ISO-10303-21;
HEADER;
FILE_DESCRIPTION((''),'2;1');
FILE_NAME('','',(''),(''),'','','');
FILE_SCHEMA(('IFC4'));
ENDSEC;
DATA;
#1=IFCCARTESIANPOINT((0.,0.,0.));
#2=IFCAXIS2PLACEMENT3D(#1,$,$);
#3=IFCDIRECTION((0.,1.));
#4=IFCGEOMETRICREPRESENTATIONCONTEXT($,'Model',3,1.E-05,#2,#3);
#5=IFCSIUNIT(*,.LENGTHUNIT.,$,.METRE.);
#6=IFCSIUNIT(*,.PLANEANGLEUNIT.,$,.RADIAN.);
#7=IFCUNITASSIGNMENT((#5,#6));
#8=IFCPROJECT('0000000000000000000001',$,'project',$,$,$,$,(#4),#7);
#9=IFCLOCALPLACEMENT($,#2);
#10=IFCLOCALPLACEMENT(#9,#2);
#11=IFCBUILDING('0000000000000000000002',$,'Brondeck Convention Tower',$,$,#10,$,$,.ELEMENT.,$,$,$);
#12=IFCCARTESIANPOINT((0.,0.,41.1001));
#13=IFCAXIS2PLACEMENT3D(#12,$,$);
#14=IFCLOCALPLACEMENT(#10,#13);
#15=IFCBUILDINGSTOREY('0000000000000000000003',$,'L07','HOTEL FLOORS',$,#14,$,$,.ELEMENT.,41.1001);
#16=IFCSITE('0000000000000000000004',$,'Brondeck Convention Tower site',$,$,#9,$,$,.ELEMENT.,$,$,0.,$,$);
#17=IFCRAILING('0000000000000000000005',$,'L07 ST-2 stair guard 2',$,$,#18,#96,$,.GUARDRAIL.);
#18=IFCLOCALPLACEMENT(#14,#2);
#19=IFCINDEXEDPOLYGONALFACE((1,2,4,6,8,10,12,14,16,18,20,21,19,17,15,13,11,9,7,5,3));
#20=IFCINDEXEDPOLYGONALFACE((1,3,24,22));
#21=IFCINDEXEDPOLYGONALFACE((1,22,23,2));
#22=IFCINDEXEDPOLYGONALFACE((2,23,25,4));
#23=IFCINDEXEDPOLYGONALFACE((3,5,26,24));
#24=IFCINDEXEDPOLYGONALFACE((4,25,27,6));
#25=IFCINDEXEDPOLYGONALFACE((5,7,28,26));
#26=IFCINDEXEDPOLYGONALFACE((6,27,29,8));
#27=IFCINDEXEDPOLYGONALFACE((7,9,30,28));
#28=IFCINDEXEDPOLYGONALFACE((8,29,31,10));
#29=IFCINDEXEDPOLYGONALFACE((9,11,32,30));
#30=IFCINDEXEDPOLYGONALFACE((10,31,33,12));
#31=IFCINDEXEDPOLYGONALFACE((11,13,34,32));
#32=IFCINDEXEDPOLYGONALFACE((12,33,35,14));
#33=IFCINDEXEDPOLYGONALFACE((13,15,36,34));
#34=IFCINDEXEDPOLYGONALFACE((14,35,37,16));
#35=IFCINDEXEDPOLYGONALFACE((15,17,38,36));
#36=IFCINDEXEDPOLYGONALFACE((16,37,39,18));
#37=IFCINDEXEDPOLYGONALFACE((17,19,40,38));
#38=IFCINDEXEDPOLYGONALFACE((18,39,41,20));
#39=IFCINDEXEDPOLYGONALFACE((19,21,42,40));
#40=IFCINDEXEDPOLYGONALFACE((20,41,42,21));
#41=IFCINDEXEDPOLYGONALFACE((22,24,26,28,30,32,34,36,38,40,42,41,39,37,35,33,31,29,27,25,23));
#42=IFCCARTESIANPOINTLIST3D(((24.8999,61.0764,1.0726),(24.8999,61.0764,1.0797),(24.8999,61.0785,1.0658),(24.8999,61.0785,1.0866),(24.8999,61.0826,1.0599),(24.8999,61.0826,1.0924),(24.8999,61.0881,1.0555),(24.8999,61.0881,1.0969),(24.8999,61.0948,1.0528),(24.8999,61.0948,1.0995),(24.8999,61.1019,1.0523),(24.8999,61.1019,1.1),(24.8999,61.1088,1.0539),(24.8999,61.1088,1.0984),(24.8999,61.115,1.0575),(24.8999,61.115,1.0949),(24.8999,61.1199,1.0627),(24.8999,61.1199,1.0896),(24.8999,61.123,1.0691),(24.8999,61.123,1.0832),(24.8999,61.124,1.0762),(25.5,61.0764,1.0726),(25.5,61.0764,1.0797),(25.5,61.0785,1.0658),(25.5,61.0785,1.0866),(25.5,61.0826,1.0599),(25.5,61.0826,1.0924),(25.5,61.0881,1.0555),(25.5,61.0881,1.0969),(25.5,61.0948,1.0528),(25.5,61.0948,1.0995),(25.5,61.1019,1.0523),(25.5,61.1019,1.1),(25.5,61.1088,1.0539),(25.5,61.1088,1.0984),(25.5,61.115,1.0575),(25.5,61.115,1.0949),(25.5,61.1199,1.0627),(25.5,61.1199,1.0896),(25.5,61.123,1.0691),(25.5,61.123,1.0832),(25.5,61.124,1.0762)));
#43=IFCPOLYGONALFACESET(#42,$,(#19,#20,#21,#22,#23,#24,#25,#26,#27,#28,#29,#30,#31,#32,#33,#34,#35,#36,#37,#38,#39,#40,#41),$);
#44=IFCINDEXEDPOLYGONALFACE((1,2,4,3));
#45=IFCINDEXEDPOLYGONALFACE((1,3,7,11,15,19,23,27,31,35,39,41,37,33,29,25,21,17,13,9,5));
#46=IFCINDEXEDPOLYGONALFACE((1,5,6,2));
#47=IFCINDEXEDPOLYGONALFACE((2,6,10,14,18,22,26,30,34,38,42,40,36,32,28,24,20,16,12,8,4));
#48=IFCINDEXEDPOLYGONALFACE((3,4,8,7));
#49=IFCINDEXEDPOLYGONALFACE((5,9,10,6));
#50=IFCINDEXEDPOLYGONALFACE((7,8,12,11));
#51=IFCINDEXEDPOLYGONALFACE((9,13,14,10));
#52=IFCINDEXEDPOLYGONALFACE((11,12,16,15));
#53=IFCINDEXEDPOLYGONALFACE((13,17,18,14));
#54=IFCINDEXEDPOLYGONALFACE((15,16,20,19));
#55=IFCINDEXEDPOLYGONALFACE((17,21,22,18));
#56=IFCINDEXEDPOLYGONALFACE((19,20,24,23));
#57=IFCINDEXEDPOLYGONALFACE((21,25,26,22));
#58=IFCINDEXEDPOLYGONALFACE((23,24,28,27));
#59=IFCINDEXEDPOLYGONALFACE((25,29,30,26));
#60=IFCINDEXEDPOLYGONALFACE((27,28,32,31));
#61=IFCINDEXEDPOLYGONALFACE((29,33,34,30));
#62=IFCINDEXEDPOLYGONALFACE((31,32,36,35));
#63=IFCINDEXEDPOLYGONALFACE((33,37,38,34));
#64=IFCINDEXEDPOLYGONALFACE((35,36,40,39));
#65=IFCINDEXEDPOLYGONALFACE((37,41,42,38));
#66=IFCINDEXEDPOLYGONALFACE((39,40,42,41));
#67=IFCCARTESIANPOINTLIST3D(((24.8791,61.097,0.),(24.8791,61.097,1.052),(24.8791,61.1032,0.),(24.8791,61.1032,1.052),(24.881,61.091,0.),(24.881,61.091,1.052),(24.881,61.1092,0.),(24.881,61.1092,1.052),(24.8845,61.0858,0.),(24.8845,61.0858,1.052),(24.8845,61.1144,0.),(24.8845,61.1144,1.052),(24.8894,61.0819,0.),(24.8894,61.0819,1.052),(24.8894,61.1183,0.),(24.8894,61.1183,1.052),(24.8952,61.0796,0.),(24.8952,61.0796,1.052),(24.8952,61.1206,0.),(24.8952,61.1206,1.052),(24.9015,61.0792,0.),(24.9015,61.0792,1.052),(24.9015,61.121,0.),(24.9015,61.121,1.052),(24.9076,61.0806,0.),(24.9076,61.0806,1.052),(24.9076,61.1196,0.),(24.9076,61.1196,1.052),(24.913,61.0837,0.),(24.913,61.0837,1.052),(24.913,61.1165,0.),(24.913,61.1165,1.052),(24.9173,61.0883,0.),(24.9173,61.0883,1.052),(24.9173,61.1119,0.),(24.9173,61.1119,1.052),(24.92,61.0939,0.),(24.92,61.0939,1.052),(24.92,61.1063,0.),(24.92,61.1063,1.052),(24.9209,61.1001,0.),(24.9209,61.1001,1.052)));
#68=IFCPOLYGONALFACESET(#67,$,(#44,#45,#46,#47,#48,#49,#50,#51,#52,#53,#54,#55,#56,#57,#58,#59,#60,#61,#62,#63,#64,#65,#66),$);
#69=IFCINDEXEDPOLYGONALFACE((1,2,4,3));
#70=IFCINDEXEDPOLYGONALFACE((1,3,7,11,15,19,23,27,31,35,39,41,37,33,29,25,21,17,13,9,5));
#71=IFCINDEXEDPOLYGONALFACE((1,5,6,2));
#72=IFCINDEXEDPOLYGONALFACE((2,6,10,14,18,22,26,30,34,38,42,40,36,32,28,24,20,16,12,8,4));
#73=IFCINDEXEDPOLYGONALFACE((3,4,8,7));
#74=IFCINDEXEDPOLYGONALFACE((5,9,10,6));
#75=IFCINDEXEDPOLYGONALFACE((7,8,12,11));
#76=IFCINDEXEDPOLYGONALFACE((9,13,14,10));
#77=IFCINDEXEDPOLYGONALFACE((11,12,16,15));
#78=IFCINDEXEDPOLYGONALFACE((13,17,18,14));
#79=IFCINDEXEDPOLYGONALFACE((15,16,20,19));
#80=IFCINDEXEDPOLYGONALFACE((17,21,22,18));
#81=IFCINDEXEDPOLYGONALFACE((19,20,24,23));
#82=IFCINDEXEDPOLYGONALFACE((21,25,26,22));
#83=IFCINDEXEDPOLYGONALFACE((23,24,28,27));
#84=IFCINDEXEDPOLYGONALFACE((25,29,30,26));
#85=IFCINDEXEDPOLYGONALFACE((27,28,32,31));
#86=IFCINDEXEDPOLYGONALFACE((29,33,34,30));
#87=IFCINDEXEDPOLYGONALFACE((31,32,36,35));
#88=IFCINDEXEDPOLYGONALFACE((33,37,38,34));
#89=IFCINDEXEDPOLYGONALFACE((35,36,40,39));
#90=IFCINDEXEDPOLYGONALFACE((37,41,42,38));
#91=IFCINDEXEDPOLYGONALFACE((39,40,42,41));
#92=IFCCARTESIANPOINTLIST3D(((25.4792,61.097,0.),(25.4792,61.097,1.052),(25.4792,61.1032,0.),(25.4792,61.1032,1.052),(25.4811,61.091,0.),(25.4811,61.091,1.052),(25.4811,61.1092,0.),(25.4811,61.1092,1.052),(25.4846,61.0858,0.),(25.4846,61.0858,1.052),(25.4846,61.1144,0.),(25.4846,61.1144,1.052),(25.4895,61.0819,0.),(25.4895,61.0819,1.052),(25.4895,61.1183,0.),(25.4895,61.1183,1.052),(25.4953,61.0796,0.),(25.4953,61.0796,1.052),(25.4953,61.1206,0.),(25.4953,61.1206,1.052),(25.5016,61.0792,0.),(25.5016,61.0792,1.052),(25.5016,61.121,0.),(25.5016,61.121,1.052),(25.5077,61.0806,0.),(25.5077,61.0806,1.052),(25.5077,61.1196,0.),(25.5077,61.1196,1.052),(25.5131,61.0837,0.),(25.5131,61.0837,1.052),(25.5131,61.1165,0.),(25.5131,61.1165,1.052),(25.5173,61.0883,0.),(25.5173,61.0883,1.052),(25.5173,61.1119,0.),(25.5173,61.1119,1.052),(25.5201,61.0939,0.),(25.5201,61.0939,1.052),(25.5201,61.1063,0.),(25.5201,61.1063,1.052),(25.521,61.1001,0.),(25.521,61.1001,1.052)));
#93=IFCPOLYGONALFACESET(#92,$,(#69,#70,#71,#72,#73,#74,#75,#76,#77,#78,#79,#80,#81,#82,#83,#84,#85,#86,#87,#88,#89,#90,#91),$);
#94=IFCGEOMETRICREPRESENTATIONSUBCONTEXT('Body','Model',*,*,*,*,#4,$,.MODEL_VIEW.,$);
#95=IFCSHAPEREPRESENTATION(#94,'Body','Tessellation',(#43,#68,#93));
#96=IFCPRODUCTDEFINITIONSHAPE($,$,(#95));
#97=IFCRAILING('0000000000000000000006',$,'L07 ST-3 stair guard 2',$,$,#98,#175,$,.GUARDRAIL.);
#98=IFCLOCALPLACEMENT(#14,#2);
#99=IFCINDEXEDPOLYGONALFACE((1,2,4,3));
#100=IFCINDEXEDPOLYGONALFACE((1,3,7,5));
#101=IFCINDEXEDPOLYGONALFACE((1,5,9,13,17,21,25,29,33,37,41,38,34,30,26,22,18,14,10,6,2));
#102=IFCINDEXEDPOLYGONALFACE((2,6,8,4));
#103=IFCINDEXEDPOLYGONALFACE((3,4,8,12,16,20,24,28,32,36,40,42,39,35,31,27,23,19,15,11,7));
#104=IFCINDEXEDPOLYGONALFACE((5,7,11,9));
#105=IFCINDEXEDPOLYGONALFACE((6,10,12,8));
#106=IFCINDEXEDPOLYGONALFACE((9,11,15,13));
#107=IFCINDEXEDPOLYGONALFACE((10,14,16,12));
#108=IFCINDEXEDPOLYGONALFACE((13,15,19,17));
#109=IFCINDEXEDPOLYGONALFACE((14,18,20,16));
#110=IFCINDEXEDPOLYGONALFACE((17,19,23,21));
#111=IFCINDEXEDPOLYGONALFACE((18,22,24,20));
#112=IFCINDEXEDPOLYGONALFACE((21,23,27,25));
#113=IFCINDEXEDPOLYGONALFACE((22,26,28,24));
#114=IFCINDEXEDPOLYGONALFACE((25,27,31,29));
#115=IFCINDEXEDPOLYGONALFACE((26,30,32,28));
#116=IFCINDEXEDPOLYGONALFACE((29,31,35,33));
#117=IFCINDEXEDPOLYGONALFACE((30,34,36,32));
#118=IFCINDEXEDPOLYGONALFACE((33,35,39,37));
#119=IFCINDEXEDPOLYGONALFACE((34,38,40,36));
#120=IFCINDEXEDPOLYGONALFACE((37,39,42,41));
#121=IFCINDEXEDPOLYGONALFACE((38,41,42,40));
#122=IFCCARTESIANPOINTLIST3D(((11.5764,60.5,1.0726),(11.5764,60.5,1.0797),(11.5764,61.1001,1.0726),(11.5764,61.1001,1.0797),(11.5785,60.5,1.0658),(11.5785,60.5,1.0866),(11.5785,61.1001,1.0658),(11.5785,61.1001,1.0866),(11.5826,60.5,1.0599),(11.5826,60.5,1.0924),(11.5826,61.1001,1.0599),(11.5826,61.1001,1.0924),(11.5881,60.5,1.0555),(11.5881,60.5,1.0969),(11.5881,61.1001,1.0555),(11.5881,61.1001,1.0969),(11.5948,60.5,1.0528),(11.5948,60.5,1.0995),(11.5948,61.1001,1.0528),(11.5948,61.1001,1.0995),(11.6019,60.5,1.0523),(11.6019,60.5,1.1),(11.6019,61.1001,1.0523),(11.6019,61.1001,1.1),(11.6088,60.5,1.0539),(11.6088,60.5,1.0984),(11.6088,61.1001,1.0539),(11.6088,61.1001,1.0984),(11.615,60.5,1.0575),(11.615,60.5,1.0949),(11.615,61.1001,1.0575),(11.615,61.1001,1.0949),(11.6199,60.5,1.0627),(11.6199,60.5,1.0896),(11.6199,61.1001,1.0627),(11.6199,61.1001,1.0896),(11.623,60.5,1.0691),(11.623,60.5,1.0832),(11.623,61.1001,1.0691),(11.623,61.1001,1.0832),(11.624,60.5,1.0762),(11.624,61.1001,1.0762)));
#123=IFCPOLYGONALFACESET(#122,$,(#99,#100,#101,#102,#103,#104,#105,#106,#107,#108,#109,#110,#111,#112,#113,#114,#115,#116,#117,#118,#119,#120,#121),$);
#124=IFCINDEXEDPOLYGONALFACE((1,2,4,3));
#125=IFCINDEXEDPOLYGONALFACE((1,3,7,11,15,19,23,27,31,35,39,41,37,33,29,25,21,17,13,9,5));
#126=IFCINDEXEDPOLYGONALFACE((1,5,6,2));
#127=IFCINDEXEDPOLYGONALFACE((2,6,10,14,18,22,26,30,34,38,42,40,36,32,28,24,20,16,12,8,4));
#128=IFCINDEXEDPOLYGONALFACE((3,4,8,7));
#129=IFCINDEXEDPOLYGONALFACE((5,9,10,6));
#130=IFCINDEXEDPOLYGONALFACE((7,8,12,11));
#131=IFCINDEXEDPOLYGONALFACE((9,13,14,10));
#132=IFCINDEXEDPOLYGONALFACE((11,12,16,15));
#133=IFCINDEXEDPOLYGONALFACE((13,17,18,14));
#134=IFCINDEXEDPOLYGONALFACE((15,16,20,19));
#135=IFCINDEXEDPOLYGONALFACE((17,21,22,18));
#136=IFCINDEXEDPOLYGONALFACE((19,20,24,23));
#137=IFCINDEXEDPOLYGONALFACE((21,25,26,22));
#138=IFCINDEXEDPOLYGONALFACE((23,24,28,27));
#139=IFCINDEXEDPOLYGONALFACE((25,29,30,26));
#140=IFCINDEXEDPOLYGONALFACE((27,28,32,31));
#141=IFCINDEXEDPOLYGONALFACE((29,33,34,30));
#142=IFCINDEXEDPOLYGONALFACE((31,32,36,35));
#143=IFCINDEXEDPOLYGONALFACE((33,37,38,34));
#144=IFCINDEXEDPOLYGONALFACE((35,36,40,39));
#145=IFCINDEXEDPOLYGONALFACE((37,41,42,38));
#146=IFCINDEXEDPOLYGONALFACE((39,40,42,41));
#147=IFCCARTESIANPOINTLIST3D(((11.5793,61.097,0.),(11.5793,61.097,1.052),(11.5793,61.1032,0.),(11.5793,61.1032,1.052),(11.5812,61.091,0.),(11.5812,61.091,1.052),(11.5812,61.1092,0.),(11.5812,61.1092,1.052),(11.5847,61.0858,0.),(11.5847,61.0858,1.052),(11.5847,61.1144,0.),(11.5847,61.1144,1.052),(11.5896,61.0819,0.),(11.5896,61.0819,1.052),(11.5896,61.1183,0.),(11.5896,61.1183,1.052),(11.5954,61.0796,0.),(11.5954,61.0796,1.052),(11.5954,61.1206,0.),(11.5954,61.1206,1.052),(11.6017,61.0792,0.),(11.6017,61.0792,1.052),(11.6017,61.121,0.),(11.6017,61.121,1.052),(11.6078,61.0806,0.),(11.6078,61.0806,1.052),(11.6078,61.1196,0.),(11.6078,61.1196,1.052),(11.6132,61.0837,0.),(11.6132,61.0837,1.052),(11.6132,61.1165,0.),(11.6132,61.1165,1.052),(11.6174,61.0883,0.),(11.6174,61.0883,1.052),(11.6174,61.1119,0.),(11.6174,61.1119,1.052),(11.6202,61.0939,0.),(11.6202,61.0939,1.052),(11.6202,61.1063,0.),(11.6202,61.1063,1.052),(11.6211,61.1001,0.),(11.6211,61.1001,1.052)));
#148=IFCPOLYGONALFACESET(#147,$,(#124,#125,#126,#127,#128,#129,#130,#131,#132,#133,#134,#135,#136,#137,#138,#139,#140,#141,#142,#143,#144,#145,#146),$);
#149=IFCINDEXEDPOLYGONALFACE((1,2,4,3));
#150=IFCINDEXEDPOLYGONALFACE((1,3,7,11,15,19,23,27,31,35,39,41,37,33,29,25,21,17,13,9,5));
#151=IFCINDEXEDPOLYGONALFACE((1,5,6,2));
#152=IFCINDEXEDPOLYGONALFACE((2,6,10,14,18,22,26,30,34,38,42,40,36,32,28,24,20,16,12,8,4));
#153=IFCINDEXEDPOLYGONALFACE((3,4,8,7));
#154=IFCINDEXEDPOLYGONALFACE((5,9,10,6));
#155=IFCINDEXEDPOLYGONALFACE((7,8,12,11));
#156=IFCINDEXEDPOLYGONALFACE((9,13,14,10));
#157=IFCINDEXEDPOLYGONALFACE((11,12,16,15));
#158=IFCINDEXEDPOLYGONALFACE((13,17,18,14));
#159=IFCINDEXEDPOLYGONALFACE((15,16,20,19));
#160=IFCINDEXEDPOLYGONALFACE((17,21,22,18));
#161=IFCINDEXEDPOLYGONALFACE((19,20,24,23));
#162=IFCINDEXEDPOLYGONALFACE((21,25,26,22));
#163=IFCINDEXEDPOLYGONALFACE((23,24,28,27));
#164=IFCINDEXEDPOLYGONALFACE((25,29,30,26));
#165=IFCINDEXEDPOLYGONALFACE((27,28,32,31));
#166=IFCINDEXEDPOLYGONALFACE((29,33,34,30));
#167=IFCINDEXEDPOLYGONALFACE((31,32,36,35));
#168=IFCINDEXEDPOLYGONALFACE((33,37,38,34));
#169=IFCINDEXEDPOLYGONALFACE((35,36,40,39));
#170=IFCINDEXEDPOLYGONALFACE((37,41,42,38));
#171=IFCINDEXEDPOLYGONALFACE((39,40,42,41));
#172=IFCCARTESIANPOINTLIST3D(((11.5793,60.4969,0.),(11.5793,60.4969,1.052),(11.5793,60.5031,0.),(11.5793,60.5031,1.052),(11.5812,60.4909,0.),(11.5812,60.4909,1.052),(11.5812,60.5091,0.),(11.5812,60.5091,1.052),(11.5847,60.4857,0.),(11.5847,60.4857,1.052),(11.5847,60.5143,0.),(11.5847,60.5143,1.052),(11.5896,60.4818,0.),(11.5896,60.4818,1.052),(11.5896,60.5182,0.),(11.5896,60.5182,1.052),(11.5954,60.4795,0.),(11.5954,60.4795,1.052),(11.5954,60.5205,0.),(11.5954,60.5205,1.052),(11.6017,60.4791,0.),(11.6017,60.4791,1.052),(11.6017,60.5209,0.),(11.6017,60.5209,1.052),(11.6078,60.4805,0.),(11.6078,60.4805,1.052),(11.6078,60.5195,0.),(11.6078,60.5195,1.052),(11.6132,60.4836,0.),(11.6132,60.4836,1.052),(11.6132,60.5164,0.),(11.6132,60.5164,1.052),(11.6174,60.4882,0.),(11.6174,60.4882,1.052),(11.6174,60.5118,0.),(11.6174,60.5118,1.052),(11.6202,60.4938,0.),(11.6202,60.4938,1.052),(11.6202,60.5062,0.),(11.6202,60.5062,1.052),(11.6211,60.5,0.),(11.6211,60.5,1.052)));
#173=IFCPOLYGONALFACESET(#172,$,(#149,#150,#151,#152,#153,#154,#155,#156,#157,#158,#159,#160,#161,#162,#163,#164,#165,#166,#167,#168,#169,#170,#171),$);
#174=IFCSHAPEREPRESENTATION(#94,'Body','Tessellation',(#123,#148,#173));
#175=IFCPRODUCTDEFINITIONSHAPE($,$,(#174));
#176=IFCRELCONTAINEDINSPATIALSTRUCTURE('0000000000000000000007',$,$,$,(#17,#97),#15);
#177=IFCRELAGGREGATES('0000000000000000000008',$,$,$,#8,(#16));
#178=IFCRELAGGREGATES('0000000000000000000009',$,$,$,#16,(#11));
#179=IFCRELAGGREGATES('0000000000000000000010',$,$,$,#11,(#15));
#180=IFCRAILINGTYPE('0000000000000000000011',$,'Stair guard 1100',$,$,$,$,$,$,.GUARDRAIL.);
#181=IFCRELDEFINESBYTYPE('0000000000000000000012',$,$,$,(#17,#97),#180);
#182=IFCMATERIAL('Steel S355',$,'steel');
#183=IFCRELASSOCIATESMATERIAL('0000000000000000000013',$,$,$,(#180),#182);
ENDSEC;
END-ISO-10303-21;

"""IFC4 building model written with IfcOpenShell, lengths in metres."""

from ifc_helpers import new_model, si_unit, direction, frame, origin, origin_2d, place, context, subcontext, project, spatial, circle, extrude, material, type_object, element, save


model = new_model("IFC4")

# Units and contexts
model_context = context("Model", 3, precision=1e-05, world=origin(), true_north=direction((0.0, 1.0)))
body_context = subcontext(model_context, "Body", "Model", "MODEL_VIEW")
ifc_project = project(units=[si_unit("LENGTHUNIT", "METRE"), si_unit("PLANEANGLEUNIT", "RADIAN")], contexts=[model_context])

# Site, building, storey
site_placement = place(None, origin())
site = spatial("IfcSite", under=ifc_project, at=site_placement, Name="Brondeck Convention Tower site", CompositionType="ELEMENT", RefElevation=0.0)
building_placement = place(site_placement, origin())
building = spatial("IfcBuilding", under=site, at=building_placement, Name="Brondeck Convention Tower", CompositionType="ELEMENT")
storey_placement = place(building_placement, frame((0.0, 0.0, 41.1001)))
storey = spatial("IfcBuildingStorey", under=building, at=storey_placement, Name="L07", Description="HOTEL FLOORS", CompositionType="ELEMENT", Elevation=41.1001)

# Railings
ifc_material_1 = material(Name="Steel S355", Category="steel")
railing_type_1 = type_object("IfcRailingType", Name="Stair guard 1100", PredefinedType="GUARDRAIL", material=ifc_material_1)
railing_1_placement = place(storey_placement, frame((24.8999, 61.1001, 0.0)))
element("IfcRailing", 1, at=railing_1_placement, inside=storey, type_object=railing_type_1, Name="L07 ST-2 stair guard 2", PredefinedType="GUARDRAIL", context=body_context, shape_type="SweptSolid", body=[
    extrude(circle(Radius=0.0239, at=origin_2d()), frame((0.0, 0.0, 1.0762), z_axis=(1.0, 0.0, 0.0), x_axis=(0.0, 1.0, 0.0)), (0.0, 0.0, 1.0), 0.6001),
    extrude(circle(Radius=0.021, at=origin_2d()), origin(), (0.0, 0.0, 1.0), 1.052),
    extrude(circle(Radius=0.021, at=origin_2d()), frame((0.6001, 0.0, 0.0)), (0.0, 0.0, 1.0), 1.052),
])
railing_2_placement = place(storey_placement, frame((11.6001, 61.1001, 0.0)))
element("IfcRailing", 2, at=railing_2_placement, inside=storey, type_object=railing_type_1, Name="L07 ST-3 stair guard 2", PredefinedType="GUARDRAIL", context=body_context, shape_type="SweptSolid", body=[
    extrude(circle(Radius=0.0239, at=origin_2d()), frame((0.0, 0.0, 1.0762), z_axis=(0.0, -1.0, 0.0), x_axis=(1.0, 0.0, 0.0)), (0.0, 0.0, 1.0), 0.6001),
    extrude(circle(Radius=0.021, at=origin_2d()), origin(), (0.0, 0.0, 1.0), 1.052),
    extrude(circle(Radius=0.021, at=origin_2d()), frame((0.0, -0.6001, 0.0)), (0.0, 0.0, 1.0), 1.052),
])

save(model, "model.ifc")
